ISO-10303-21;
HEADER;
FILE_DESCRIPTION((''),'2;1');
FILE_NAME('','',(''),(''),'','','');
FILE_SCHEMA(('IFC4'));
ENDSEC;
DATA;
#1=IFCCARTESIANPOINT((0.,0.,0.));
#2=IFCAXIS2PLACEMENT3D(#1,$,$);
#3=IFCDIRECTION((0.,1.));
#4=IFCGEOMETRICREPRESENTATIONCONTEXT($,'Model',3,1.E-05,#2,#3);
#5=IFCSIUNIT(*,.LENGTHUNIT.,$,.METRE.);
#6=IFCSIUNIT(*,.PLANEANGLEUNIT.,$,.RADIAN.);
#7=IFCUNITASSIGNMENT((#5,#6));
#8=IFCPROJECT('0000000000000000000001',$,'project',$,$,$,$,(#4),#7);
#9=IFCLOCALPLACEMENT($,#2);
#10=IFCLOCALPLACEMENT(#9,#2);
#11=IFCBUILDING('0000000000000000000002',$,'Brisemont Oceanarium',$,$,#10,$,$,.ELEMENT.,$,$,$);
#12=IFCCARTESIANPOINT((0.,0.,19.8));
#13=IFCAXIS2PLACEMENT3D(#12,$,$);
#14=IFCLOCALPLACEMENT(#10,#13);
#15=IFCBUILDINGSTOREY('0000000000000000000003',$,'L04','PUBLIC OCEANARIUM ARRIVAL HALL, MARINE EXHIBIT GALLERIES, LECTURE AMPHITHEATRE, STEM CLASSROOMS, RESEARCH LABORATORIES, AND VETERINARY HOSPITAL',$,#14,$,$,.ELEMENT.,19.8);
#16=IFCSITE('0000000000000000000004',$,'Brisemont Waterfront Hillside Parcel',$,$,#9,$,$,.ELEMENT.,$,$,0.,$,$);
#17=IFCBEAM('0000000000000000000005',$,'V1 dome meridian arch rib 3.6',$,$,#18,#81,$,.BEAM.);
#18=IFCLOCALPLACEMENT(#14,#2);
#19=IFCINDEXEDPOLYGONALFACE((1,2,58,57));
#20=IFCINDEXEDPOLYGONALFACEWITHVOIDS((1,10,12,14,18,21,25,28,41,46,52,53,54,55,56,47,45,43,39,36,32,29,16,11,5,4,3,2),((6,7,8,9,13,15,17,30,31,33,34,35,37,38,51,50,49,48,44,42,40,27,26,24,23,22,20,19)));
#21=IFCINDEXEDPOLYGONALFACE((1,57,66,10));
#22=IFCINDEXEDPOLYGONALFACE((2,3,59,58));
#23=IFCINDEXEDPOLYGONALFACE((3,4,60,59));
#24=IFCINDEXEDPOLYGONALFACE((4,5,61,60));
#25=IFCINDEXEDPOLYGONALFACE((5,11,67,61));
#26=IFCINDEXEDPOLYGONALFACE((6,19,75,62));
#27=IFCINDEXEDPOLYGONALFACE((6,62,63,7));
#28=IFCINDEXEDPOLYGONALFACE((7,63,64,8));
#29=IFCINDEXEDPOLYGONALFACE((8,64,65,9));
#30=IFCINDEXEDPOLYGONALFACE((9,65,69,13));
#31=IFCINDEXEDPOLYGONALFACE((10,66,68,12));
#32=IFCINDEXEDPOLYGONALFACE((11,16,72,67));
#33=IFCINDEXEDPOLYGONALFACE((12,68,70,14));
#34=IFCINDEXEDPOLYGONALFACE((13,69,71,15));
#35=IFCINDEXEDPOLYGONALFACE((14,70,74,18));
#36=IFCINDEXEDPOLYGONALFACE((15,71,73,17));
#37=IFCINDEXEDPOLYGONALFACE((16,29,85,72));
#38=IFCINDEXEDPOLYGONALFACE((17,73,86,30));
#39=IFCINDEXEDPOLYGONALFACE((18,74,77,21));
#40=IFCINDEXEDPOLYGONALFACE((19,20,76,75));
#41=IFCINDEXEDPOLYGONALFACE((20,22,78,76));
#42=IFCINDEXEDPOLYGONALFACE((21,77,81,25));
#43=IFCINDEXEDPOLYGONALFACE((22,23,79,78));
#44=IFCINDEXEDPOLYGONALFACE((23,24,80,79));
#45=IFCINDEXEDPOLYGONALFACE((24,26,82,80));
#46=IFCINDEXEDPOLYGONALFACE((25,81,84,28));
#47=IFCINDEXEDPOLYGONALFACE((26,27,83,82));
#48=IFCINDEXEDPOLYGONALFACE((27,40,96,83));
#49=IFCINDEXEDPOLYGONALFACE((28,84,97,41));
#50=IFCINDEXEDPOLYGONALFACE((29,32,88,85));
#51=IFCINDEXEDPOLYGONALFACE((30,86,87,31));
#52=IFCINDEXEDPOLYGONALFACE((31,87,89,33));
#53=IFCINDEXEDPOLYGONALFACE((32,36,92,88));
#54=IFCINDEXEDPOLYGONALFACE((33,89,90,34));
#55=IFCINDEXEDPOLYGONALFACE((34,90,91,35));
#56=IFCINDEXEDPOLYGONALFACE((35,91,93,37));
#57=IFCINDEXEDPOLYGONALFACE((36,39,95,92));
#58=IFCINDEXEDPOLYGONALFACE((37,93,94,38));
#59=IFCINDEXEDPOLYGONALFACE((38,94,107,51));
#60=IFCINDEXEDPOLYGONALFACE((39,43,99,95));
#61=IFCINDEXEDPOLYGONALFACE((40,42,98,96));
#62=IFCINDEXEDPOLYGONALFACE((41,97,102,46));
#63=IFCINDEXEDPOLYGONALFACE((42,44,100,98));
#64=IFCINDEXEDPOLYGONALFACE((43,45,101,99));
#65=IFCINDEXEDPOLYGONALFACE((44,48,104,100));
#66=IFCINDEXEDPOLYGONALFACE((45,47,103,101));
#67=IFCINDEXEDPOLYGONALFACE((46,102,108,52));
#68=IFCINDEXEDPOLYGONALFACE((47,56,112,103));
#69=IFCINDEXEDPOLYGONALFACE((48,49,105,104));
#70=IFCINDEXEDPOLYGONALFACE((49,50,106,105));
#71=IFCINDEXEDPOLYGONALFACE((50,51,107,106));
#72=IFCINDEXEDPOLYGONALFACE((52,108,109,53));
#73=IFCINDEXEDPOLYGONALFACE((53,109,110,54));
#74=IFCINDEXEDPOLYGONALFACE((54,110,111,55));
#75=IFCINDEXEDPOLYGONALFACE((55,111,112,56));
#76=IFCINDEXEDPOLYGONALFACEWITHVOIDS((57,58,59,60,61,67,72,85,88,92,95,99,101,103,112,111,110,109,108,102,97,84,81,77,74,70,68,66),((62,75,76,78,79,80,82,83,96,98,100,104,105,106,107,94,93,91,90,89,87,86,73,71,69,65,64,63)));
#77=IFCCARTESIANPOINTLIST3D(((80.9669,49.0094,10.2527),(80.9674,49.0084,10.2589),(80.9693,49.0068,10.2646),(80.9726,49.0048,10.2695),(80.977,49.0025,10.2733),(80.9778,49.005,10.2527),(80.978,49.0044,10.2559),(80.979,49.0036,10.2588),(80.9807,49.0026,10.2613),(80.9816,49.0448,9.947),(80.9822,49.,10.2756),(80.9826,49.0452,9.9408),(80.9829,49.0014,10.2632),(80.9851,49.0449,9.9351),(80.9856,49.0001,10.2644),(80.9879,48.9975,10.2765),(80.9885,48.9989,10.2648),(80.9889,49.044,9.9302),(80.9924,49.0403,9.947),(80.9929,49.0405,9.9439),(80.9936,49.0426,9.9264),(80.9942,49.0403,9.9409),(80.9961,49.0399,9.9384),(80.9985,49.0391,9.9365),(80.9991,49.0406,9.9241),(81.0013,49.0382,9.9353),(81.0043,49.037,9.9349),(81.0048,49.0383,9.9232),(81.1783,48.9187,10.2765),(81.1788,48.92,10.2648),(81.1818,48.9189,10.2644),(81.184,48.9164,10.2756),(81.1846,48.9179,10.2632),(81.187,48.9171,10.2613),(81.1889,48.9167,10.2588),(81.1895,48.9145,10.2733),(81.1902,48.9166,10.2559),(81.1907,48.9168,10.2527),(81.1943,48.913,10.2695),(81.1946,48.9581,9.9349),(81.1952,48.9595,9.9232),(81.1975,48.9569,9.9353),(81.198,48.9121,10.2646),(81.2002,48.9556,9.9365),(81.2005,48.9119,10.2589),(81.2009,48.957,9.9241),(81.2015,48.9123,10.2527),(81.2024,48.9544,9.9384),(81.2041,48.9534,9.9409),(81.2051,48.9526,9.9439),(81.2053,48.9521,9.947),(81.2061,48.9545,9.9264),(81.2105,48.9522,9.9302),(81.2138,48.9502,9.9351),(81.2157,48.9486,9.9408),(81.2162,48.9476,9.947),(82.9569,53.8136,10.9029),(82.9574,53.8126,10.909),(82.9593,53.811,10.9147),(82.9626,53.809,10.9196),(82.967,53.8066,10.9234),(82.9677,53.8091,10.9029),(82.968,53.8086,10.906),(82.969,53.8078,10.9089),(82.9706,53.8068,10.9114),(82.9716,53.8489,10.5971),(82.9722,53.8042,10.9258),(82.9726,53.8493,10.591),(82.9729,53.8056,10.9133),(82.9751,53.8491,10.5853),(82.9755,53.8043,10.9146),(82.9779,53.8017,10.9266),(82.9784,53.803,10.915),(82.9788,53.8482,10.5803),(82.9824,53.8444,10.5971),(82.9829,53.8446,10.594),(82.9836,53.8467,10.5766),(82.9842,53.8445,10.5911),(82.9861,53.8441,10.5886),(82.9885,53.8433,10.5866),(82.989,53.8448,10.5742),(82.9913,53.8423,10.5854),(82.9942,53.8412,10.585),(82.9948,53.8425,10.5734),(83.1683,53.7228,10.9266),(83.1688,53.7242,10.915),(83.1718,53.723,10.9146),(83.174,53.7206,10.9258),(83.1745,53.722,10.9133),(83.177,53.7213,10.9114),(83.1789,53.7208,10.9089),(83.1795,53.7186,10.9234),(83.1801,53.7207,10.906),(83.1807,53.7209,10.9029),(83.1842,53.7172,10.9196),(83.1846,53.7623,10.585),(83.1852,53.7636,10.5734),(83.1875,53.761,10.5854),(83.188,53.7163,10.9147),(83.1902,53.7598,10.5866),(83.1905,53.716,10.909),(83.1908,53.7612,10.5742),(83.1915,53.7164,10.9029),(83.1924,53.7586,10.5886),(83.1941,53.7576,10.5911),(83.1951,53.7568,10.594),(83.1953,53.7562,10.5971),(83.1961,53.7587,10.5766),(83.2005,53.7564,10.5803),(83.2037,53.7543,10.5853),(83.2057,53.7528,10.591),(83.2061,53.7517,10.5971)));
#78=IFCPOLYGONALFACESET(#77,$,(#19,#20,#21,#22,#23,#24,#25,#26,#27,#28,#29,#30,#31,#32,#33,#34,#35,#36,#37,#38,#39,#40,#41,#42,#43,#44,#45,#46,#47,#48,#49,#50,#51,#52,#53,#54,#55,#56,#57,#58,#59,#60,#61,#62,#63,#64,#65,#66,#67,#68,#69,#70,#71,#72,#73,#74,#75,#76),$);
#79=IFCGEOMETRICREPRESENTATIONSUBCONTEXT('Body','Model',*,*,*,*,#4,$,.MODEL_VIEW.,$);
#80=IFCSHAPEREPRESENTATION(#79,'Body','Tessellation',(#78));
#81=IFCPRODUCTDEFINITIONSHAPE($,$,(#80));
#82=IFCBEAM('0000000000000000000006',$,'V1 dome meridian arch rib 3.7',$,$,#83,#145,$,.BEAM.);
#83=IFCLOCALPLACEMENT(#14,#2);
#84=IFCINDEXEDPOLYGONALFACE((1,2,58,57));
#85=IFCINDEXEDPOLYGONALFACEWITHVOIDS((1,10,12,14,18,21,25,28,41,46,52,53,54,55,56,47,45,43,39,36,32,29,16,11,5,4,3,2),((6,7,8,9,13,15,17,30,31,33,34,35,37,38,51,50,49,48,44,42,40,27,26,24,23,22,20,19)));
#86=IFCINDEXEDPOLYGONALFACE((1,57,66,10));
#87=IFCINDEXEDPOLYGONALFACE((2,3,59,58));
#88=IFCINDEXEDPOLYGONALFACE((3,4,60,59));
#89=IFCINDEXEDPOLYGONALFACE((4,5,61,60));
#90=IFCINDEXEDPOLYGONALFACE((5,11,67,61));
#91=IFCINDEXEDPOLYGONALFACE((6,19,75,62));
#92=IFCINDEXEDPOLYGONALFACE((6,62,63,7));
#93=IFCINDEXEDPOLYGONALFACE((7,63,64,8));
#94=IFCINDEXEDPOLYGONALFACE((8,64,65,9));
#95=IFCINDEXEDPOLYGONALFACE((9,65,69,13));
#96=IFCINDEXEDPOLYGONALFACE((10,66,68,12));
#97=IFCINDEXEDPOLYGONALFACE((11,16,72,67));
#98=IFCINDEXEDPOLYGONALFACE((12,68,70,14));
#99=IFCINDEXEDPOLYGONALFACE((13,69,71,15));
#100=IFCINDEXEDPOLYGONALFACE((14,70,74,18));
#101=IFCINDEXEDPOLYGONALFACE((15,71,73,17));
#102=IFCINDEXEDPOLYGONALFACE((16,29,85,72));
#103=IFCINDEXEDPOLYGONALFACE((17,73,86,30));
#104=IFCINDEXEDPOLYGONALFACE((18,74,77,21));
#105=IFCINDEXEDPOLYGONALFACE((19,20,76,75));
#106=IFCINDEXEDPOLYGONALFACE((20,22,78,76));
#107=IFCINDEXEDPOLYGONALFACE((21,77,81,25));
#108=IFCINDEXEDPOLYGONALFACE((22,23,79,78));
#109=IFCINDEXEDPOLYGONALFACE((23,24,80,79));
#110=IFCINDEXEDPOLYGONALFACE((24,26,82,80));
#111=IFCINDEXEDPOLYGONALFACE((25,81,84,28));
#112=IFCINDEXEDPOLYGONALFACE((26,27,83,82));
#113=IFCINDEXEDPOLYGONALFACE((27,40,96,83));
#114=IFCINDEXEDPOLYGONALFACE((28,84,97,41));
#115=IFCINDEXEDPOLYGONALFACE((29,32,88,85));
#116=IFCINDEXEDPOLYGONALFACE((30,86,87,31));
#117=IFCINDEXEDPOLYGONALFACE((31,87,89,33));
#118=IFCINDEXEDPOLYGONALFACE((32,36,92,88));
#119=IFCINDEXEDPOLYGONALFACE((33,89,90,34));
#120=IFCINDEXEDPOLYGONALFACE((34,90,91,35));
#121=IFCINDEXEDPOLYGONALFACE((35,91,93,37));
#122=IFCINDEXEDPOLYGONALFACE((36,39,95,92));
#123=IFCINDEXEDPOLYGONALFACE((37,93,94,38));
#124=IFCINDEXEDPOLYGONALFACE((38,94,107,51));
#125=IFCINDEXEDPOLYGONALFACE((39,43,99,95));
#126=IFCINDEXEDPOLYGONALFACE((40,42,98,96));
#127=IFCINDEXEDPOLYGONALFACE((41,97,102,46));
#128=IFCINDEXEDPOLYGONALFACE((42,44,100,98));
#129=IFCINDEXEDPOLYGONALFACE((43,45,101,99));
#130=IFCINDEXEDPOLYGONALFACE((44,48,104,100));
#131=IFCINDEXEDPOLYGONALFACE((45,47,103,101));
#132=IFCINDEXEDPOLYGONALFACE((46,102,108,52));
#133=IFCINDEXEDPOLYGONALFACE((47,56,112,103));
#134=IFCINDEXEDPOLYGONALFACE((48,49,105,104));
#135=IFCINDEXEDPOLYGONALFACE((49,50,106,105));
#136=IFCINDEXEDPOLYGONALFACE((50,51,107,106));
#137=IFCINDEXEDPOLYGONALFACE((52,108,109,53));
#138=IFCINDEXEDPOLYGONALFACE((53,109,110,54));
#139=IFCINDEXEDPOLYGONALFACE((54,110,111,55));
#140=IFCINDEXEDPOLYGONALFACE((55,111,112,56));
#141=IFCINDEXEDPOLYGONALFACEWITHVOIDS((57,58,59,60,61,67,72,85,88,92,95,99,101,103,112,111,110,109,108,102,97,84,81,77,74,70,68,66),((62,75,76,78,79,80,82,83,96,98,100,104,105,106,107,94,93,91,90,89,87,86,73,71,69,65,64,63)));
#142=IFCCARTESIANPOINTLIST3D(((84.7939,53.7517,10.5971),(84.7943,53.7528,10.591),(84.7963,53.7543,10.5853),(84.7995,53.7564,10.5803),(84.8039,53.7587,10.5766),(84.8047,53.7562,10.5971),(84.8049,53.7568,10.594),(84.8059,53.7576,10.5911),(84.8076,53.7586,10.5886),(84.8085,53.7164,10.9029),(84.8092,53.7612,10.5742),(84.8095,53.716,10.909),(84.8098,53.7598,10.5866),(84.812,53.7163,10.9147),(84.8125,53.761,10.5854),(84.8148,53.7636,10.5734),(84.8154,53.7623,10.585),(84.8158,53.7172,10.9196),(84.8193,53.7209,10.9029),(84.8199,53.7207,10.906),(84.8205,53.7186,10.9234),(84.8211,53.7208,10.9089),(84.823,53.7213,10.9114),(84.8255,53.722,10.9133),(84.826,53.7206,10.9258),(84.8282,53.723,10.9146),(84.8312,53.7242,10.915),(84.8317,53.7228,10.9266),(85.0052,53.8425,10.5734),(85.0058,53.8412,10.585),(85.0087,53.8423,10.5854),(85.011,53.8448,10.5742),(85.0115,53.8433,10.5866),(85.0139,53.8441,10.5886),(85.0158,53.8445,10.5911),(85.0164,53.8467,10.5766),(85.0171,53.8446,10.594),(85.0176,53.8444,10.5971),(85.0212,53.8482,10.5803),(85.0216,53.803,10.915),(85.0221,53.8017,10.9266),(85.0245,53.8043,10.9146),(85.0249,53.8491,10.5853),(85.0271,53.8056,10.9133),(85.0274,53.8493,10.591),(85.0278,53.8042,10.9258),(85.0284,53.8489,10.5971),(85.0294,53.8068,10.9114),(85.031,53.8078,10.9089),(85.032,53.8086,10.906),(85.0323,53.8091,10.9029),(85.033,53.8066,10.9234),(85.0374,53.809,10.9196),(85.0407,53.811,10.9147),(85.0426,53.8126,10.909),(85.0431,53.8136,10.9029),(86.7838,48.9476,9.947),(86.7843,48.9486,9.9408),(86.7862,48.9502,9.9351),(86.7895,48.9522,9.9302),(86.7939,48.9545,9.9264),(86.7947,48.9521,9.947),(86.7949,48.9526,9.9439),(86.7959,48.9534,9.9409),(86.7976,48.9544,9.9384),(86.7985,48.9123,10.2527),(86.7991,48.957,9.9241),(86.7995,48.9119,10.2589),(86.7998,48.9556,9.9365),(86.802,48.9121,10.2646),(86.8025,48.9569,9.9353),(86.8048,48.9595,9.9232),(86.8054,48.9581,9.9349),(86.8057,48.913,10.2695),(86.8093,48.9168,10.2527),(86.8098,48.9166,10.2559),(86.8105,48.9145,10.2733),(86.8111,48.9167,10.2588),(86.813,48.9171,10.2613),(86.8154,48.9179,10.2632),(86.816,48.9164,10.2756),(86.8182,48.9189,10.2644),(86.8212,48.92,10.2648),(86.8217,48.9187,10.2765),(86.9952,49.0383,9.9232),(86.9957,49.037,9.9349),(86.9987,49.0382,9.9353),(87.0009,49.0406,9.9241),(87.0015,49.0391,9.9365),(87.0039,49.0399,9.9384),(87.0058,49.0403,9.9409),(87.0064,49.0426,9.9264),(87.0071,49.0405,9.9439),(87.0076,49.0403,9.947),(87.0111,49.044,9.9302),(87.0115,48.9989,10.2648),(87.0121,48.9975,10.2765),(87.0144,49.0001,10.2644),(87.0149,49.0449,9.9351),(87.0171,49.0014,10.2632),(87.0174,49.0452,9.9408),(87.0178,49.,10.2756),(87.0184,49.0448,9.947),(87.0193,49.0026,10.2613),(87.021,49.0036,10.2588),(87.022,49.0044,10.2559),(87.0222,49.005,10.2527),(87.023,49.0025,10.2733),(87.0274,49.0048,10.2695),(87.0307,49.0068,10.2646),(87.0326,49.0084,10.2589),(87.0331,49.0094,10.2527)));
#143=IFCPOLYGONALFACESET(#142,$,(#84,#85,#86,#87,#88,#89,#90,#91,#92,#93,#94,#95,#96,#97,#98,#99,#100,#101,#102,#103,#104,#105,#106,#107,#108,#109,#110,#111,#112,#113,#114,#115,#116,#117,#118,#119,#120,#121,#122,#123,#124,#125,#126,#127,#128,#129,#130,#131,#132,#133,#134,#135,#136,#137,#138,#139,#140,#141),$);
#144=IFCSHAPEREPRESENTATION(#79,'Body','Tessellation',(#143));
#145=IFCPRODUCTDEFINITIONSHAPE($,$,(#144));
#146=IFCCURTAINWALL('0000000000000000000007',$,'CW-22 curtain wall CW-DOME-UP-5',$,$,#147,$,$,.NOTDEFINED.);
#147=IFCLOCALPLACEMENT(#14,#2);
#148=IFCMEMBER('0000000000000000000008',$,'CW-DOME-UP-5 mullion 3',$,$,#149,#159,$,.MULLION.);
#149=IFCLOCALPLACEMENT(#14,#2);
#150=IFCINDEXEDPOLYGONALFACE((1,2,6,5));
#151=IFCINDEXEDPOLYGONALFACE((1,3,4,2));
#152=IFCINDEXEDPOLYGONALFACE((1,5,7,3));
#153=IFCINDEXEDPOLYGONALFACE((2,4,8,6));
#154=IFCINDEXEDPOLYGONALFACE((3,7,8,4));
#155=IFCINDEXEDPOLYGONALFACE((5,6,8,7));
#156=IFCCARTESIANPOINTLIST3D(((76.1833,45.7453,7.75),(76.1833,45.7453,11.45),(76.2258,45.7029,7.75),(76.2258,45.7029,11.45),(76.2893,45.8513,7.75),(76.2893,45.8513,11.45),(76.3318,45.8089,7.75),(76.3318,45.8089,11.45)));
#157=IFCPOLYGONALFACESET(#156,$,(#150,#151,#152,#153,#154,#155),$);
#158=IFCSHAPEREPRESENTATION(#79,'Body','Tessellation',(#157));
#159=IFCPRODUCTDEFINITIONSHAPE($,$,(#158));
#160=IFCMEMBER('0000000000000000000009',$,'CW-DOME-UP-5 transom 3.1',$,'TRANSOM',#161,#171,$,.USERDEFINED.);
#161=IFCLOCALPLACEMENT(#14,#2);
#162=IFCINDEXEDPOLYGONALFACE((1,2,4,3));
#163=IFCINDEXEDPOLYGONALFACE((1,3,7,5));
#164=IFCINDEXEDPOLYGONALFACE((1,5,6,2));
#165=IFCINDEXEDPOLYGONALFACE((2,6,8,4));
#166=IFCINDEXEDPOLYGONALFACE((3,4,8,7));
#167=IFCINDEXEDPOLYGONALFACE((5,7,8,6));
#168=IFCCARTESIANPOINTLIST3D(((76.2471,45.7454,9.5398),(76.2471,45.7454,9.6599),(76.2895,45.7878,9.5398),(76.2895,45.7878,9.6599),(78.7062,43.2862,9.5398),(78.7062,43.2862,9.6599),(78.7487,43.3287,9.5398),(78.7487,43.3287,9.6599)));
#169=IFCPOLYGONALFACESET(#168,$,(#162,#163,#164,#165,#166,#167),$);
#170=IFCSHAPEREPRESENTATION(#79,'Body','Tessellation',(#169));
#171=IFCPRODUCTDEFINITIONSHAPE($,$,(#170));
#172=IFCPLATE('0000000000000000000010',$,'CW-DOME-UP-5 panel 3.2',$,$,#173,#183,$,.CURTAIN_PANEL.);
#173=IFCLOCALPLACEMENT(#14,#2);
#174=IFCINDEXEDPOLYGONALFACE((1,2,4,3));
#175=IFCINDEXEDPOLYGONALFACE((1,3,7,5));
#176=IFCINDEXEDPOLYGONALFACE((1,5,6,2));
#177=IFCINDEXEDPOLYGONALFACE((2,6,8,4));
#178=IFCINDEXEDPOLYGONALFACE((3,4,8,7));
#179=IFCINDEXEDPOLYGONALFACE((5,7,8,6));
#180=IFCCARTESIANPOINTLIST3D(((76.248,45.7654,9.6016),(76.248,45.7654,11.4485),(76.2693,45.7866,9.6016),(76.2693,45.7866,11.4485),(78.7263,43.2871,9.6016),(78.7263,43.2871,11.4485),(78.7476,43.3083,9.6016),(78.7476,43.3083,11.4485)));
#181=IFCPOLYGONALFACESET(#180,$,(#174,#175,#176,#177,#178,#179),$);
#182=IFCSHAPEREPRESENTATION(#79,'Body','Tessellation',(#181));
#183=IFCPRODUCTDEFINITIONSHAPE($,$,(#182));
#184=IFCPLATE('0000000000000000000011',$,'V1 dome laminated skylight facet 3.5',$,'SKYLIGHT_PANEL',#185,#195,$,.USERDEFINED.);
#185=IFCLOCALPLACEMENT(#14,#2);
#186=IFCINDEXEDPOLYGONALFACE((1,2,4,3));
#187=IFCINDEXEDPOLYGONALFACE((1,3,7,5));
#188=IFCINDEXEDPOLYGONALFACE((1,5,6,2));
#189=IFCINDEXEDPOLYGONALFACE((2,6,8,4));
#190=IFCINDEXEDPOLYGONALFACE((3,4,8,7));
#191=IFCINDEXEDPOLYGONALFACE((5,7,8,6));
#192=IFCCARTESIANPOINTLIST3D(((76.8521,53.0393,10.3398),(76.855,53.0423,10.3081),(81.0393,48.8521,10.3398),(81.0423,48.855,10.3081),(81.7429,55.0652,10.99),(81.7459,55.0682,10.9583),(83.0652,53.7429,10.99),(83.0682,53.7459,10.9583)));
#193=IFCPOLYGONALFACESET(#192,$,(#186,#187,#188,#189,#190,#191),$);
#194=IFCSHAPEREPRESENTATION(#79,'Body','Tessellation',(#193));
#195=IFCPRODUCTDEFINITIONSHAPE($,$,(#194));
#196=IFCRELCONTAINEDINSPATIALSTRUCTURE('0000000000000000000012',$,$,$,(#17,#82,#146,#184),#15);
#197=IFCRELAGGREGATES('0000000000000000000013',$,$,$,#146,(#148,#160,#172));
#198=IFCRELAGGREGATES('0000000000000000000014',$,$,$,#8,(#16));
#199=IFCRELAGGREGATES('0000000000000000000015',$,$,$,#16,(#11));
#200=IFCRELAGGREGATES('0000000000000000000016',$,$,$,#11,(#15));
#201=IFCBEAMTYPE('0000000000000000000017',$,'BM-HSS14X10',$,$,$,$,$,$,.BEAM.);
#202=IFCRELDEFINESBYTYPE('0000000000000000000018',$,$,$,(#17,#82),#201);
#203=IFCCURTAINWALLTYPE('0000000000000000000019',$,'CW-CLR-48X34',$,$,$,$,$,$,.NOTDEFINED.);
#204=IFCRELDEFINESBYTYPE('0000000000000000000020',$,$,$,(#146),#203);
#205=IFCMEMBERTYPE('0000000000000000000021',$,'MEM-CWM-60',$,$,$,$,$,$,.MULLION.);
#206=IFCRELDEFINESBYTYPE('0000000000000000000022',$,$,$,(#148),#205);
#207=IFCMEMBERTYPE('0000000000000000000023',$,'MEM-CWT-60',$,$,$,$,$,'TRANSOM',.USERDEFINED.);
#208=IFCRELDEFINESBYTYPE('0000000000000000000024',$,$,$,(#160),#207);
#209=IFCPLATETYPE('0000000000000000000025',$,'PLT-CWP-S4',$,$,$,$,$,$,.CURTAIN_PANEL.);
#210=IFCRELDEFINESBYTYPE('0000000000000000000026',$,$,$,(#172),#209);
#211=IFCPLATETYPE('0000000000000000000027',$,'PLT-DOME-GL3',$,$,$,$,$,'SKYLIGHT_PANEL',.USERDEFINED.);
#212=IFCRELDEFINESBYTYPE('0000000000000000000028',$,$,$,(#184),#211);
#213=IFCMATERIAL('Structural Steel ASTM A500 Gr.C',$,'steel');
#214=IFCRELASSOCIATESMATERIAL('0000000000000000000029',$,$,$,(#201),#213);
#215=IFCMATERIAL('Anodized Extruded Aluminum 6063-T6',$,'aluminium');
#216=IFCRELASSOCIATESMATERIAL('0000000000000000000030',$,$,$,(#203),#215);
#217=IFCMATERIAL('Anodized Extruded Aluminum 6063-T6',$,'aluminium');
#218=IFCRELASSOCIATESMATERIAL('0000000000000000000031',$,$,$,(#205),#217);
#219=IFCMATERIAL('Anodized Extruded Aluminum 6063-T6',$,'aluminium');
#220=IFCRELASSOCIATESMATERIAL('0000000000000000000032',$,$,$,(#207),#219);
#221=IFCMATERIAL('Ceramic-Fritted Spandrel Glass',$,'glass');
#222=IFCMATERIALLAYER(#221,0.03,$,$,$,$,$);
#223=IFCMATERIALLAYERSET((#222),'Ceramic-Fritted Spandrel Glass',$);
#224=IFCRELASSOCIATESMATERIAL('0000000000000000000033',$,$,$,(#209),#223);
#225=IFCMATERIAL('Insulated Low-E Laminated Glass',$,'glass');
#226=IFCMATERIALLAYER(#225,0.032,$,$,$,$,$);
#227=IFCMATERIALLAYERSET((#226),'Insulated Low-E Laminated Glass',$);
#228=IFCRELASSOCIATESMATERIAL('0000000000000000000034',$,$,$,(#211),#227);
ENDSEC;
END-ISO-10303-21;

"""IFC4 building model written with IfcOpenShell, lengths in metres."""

from ifc_helpers import new_model, si_unit, direction, frame, origin, origin_2d, place, context, subcontext, project, spatial, polyline, rectangle, hollow_rectangle, outline, extrude, material, layer, layer_set, material_profile, profile_set, type_object, element, aggregate, save


model = new_model("IFC4")

# Units and contexts
model_context = context("Model", 3, precision=1e-05, world=origin(), true_north=direction((0.0, 1.0)))
body_context = subcontext(model_context, "Body", "Model", "MODEL_VIEW")
ifc_project = project(units=[si_unit("LENGTHUNIT", "METRE"), si_unit("PLANEANGLEUNIT", "RADIAN")], contexts=[model_context])

# Site, building, storey
site_placement = place(None, origin())
site = spatial("IfcSite", under=ifc_project, at=site_placement, Name="Brisemont Waterfront Hillside Parcel", CompositionType="ELEMENT", RefElevation=0.0)
building_placement = place(site_placement, origin())
building = spatial("IfcBuilding", under=site, at=building_placement, Name="Brisemont Oceanarium", CompositionType="ELEMENT")
storey_placement = place(building_placement, frame((0.0, 0.0, 19.8)))
storey = spatial("IfcBuildingStorey", under=building, at=storey_placement, Name="L04", Description="PUBLIC OCEANARIUM ARRIVAL HALL, MARINE EXHIBIT GALLERIES, LECTURE AMPHITHEATRE, STEM CLASSROOMS, RESEARCH LABORATORIES, AND VETERINARY HOSPITAL", CompositionType="ELEMENT", Elevation=19.8)

# Beams
ifc_material_1 = material(Name="Structural Steel ASTM A500 Gr.C", Category="steel")
ifc_material_profile_1 = material_profile(ifc_material_1, hollow_rectangle(XDim=0.2539, YDim=0.356, WallThickness=0.0117, InnerFilletRadius=0.0122, OuterFilletRadius=0.0239, at=origin_2d()), Name="HSS14X10X1/2")
ifc_profile_set_1 = profile_set([ifc_material_profile_1], Name="Structural Steel ASTM A500 Gr.C")
beam_type_1 = type_object("IfcBeamType", Name="BM-HSS14X10", PredefinedType="BEAM", material=ifc_profile_set_1)
for number, where, z_axis, x_axis, name in (
    (1, (81.0916, 48.9785, 10.0999), (0.379731, 0.91674, 0.124061), (-0.923878, 0.382688, 0.0), "V1 dome meridian arch rib 3.6"),
    (2, (86.9084, 48.9785, 10.0999), (-0.379731, 0.91674, 0.124061), (-0.923878, -0.382688, 0.0), "V1 dome meridian arch rib 3.7"),
):
    element("IfcBeam", number, at=place(storey_placement, frame(where, z_axis=z_axis, x_axis=x_axis)), inside=storey, type_object=beam_type_1, Name=name, PredefinedType="BEAM", context=body_context, shape_type="SweptSolid", body=[
        extrude(hollow_rectangle(XDim=0.2539, YDim=0.356, WallThickness=0.0117, InnerFilletRadius=0.0122, OuterFilletRadius=0.0239, at=origin_2d()), origin(), (0.0, 0.0, 1.0), 5.2405),
    ])

# Curtain wall, members, plate
ifc_material_2 = material(Name="Anodized Extruded Aluminum 6063-T6", Category="aluminium")
curtain_wall_type = type_object("IfcCurtainWallType", Name="CW-CLR-48X34", PredefinedType="NOTDEFINED", material=ifc_material_2)
curtain_wall_placement = place(storey_placement, origin())
curtain_wall = element("IfcCurtainWall", 3, at=curtain_wall_placement, inside=storey, type_object=curtain_wall_type, Name="CW-22 curtain wall CW-DOME-UP-5", PredefinedType="NOTDEFINED")
ifc_material_3 = material(Name="Anodized Extruded Aluminum 6063-T6", Category="aluminium")
ifc_material_profile_2 = material_profile(ifc_material_3, rectangle(XDim=0.0601, YDim=0.1499, at=origin_2d()), Name="CWM-60X150")
ifc_profile_set_2 = profile_set([ifc_material_profile_2], Name="Anodized Extruded Aluminum 6063-T6")
member_type_1 = type_object("IfcMemberType", Name="MEM-CWM-60", PredefinedType="MULLION", material=ifc_profile_set_2)
member_1_placement = place(storey_placement, frame((76.2576, 45.7771, 7.75), z_axis=(0.0, 0.0, 1.0), x_axis=(0.707107, -0.707107, 0.0)))
member_1 = element("IfcMember", 4, at=member_1_placement, type_object=member_type_1, Name="CW-DOME-UP-5 mullion 3", PredefinedType="MULLION", context=body_context, shape_type="SweptSolid", body=[
    extrude(rectangle(XDim=0.0601, YDim=0.1499, at=origin_2d()), origin(), (0.0, 0.0, 1.0), 3.7),
])
ifc_material_4 = material(Name="Anodized Extruded Aluminum 6063-T6", Category="aluminium")
ifc_material_profile_3 = material_profile(ifc_material_4, rectangle(XDim=0.0601, YDim=0.1201, at=origin_2d()), Name="CWT-60X120")
ifc_profile_set_3 = profile_set([ifc_material_profile_3], Name="Anodized Extruded Aluminum 6063-T6")
member_type_2 = type_object("IfcMemberType", Name="MEM-CWT-60", ElementType="TRANSOM", PredefinedType="USERDEFINED", material=ifc_profile_set_3)
member_2_placement = place(storey_placement, frame((76.2683, 45.7666, 9.5999), z_axis=(0.707107, -0.707107, 0.0), x_axis=(0.707107, 0.707107, 0.0)))
member_2 = element("IfcMember", 5, at=member_2_placement, type_object=member_type_2, Name="CW-DOME-UP-5 transom 3.1", ObjectType="TRANSOM", PredefinedType="USERDEFINED", context=body_context, shape_type="SweptSolid", body=[
    extrude(rectangle(XDim=0.0601, YDim=0.1201, at=origin_2d()), origin(), (0.0, 0.0, 1.0), 3.4778),
])
ifc_material_5 = material(Name="Ceramic-Fritted Spandrel Glass", Category="glass")
ifc_layer_1 = layer(ifc_material_5, 0.03)
ifc_layer_set_1 = layer_set([ifc_layer_1], Name="Ceramic-Fritted Spandrel Glass")
plate_type_1 = type_object("IfcPlateType", Name="PLT-CWP-S4", PredefinedType="CURTAIN_PANEL", material=ifc_layer_set_1)
plate_1_placement = place(storey_placement, frame((77.4978, 44.5369, 9.6016), z_axis=(0.0, 0.0, 1.0), x_axis=(0.707107, -0.707107, 0.0)))
plate_1 = element("IfcPlate", 6, at=plate_1_placement, type_object=plate_type_1, Name="CW-DOME-UP-5 panel 3.2", PredefinedType="CURTAIN_PANEL", context=body_context, shape_type="SweptSolid", body=[
    extrude(rectangle(XDim=3.5049, YDim=0.03, at=origin_2d()), origin(), (0.0, 0.0, 1.0), 1.8469),
])
aggregate(curtain_wall, [member_1, member_2, plate_1])

# Plate
ifc_material_6 = material(Name="Insulated Low-E Laminated Glass", Category="glass")
ifc_layer_2 = layer(ifc_material_6, 0.032)
ifc_layer_set_2 = layer_set([ifc_layer_2], Name="Insulated Low-E Laminated Glass")
plate_type_2 = type_object("IfcPlateType", Name="PLT-DOME-GL3", ElementType="SKYLIGHT_PANEL", PredefinedType="USERDEFINED", material=ifc_layer_set_2)
plate_2_placement = place(storey_placement, frame((76.8521, 53.0393, 10.3398), z_axis=(-0.093176, -0.093176, 0.99128), x_axis=(0.707107, -0.707107, 0.0)))
element("IfcPlate", 7, at=plate_2_placement, inside=storey, type_object=plate_type_2, Name="V1 dome laminated skylight facet 3.5", ObjectType="SKYLIGHT_PANEL", PredefinedType="USERDEFINED", context=body_context, shape_type="SweptSolid", body=[
    extrude(outline(polyline([(0.0, 0.0), (5.9217, 0.0), (3.8958, 4.9339), (2.0259, 4.9339), (0.0, 0.0)])), origin(), (0.0, 0.0, -1.0), 0.032),
])

save(model, "model.ifc")
